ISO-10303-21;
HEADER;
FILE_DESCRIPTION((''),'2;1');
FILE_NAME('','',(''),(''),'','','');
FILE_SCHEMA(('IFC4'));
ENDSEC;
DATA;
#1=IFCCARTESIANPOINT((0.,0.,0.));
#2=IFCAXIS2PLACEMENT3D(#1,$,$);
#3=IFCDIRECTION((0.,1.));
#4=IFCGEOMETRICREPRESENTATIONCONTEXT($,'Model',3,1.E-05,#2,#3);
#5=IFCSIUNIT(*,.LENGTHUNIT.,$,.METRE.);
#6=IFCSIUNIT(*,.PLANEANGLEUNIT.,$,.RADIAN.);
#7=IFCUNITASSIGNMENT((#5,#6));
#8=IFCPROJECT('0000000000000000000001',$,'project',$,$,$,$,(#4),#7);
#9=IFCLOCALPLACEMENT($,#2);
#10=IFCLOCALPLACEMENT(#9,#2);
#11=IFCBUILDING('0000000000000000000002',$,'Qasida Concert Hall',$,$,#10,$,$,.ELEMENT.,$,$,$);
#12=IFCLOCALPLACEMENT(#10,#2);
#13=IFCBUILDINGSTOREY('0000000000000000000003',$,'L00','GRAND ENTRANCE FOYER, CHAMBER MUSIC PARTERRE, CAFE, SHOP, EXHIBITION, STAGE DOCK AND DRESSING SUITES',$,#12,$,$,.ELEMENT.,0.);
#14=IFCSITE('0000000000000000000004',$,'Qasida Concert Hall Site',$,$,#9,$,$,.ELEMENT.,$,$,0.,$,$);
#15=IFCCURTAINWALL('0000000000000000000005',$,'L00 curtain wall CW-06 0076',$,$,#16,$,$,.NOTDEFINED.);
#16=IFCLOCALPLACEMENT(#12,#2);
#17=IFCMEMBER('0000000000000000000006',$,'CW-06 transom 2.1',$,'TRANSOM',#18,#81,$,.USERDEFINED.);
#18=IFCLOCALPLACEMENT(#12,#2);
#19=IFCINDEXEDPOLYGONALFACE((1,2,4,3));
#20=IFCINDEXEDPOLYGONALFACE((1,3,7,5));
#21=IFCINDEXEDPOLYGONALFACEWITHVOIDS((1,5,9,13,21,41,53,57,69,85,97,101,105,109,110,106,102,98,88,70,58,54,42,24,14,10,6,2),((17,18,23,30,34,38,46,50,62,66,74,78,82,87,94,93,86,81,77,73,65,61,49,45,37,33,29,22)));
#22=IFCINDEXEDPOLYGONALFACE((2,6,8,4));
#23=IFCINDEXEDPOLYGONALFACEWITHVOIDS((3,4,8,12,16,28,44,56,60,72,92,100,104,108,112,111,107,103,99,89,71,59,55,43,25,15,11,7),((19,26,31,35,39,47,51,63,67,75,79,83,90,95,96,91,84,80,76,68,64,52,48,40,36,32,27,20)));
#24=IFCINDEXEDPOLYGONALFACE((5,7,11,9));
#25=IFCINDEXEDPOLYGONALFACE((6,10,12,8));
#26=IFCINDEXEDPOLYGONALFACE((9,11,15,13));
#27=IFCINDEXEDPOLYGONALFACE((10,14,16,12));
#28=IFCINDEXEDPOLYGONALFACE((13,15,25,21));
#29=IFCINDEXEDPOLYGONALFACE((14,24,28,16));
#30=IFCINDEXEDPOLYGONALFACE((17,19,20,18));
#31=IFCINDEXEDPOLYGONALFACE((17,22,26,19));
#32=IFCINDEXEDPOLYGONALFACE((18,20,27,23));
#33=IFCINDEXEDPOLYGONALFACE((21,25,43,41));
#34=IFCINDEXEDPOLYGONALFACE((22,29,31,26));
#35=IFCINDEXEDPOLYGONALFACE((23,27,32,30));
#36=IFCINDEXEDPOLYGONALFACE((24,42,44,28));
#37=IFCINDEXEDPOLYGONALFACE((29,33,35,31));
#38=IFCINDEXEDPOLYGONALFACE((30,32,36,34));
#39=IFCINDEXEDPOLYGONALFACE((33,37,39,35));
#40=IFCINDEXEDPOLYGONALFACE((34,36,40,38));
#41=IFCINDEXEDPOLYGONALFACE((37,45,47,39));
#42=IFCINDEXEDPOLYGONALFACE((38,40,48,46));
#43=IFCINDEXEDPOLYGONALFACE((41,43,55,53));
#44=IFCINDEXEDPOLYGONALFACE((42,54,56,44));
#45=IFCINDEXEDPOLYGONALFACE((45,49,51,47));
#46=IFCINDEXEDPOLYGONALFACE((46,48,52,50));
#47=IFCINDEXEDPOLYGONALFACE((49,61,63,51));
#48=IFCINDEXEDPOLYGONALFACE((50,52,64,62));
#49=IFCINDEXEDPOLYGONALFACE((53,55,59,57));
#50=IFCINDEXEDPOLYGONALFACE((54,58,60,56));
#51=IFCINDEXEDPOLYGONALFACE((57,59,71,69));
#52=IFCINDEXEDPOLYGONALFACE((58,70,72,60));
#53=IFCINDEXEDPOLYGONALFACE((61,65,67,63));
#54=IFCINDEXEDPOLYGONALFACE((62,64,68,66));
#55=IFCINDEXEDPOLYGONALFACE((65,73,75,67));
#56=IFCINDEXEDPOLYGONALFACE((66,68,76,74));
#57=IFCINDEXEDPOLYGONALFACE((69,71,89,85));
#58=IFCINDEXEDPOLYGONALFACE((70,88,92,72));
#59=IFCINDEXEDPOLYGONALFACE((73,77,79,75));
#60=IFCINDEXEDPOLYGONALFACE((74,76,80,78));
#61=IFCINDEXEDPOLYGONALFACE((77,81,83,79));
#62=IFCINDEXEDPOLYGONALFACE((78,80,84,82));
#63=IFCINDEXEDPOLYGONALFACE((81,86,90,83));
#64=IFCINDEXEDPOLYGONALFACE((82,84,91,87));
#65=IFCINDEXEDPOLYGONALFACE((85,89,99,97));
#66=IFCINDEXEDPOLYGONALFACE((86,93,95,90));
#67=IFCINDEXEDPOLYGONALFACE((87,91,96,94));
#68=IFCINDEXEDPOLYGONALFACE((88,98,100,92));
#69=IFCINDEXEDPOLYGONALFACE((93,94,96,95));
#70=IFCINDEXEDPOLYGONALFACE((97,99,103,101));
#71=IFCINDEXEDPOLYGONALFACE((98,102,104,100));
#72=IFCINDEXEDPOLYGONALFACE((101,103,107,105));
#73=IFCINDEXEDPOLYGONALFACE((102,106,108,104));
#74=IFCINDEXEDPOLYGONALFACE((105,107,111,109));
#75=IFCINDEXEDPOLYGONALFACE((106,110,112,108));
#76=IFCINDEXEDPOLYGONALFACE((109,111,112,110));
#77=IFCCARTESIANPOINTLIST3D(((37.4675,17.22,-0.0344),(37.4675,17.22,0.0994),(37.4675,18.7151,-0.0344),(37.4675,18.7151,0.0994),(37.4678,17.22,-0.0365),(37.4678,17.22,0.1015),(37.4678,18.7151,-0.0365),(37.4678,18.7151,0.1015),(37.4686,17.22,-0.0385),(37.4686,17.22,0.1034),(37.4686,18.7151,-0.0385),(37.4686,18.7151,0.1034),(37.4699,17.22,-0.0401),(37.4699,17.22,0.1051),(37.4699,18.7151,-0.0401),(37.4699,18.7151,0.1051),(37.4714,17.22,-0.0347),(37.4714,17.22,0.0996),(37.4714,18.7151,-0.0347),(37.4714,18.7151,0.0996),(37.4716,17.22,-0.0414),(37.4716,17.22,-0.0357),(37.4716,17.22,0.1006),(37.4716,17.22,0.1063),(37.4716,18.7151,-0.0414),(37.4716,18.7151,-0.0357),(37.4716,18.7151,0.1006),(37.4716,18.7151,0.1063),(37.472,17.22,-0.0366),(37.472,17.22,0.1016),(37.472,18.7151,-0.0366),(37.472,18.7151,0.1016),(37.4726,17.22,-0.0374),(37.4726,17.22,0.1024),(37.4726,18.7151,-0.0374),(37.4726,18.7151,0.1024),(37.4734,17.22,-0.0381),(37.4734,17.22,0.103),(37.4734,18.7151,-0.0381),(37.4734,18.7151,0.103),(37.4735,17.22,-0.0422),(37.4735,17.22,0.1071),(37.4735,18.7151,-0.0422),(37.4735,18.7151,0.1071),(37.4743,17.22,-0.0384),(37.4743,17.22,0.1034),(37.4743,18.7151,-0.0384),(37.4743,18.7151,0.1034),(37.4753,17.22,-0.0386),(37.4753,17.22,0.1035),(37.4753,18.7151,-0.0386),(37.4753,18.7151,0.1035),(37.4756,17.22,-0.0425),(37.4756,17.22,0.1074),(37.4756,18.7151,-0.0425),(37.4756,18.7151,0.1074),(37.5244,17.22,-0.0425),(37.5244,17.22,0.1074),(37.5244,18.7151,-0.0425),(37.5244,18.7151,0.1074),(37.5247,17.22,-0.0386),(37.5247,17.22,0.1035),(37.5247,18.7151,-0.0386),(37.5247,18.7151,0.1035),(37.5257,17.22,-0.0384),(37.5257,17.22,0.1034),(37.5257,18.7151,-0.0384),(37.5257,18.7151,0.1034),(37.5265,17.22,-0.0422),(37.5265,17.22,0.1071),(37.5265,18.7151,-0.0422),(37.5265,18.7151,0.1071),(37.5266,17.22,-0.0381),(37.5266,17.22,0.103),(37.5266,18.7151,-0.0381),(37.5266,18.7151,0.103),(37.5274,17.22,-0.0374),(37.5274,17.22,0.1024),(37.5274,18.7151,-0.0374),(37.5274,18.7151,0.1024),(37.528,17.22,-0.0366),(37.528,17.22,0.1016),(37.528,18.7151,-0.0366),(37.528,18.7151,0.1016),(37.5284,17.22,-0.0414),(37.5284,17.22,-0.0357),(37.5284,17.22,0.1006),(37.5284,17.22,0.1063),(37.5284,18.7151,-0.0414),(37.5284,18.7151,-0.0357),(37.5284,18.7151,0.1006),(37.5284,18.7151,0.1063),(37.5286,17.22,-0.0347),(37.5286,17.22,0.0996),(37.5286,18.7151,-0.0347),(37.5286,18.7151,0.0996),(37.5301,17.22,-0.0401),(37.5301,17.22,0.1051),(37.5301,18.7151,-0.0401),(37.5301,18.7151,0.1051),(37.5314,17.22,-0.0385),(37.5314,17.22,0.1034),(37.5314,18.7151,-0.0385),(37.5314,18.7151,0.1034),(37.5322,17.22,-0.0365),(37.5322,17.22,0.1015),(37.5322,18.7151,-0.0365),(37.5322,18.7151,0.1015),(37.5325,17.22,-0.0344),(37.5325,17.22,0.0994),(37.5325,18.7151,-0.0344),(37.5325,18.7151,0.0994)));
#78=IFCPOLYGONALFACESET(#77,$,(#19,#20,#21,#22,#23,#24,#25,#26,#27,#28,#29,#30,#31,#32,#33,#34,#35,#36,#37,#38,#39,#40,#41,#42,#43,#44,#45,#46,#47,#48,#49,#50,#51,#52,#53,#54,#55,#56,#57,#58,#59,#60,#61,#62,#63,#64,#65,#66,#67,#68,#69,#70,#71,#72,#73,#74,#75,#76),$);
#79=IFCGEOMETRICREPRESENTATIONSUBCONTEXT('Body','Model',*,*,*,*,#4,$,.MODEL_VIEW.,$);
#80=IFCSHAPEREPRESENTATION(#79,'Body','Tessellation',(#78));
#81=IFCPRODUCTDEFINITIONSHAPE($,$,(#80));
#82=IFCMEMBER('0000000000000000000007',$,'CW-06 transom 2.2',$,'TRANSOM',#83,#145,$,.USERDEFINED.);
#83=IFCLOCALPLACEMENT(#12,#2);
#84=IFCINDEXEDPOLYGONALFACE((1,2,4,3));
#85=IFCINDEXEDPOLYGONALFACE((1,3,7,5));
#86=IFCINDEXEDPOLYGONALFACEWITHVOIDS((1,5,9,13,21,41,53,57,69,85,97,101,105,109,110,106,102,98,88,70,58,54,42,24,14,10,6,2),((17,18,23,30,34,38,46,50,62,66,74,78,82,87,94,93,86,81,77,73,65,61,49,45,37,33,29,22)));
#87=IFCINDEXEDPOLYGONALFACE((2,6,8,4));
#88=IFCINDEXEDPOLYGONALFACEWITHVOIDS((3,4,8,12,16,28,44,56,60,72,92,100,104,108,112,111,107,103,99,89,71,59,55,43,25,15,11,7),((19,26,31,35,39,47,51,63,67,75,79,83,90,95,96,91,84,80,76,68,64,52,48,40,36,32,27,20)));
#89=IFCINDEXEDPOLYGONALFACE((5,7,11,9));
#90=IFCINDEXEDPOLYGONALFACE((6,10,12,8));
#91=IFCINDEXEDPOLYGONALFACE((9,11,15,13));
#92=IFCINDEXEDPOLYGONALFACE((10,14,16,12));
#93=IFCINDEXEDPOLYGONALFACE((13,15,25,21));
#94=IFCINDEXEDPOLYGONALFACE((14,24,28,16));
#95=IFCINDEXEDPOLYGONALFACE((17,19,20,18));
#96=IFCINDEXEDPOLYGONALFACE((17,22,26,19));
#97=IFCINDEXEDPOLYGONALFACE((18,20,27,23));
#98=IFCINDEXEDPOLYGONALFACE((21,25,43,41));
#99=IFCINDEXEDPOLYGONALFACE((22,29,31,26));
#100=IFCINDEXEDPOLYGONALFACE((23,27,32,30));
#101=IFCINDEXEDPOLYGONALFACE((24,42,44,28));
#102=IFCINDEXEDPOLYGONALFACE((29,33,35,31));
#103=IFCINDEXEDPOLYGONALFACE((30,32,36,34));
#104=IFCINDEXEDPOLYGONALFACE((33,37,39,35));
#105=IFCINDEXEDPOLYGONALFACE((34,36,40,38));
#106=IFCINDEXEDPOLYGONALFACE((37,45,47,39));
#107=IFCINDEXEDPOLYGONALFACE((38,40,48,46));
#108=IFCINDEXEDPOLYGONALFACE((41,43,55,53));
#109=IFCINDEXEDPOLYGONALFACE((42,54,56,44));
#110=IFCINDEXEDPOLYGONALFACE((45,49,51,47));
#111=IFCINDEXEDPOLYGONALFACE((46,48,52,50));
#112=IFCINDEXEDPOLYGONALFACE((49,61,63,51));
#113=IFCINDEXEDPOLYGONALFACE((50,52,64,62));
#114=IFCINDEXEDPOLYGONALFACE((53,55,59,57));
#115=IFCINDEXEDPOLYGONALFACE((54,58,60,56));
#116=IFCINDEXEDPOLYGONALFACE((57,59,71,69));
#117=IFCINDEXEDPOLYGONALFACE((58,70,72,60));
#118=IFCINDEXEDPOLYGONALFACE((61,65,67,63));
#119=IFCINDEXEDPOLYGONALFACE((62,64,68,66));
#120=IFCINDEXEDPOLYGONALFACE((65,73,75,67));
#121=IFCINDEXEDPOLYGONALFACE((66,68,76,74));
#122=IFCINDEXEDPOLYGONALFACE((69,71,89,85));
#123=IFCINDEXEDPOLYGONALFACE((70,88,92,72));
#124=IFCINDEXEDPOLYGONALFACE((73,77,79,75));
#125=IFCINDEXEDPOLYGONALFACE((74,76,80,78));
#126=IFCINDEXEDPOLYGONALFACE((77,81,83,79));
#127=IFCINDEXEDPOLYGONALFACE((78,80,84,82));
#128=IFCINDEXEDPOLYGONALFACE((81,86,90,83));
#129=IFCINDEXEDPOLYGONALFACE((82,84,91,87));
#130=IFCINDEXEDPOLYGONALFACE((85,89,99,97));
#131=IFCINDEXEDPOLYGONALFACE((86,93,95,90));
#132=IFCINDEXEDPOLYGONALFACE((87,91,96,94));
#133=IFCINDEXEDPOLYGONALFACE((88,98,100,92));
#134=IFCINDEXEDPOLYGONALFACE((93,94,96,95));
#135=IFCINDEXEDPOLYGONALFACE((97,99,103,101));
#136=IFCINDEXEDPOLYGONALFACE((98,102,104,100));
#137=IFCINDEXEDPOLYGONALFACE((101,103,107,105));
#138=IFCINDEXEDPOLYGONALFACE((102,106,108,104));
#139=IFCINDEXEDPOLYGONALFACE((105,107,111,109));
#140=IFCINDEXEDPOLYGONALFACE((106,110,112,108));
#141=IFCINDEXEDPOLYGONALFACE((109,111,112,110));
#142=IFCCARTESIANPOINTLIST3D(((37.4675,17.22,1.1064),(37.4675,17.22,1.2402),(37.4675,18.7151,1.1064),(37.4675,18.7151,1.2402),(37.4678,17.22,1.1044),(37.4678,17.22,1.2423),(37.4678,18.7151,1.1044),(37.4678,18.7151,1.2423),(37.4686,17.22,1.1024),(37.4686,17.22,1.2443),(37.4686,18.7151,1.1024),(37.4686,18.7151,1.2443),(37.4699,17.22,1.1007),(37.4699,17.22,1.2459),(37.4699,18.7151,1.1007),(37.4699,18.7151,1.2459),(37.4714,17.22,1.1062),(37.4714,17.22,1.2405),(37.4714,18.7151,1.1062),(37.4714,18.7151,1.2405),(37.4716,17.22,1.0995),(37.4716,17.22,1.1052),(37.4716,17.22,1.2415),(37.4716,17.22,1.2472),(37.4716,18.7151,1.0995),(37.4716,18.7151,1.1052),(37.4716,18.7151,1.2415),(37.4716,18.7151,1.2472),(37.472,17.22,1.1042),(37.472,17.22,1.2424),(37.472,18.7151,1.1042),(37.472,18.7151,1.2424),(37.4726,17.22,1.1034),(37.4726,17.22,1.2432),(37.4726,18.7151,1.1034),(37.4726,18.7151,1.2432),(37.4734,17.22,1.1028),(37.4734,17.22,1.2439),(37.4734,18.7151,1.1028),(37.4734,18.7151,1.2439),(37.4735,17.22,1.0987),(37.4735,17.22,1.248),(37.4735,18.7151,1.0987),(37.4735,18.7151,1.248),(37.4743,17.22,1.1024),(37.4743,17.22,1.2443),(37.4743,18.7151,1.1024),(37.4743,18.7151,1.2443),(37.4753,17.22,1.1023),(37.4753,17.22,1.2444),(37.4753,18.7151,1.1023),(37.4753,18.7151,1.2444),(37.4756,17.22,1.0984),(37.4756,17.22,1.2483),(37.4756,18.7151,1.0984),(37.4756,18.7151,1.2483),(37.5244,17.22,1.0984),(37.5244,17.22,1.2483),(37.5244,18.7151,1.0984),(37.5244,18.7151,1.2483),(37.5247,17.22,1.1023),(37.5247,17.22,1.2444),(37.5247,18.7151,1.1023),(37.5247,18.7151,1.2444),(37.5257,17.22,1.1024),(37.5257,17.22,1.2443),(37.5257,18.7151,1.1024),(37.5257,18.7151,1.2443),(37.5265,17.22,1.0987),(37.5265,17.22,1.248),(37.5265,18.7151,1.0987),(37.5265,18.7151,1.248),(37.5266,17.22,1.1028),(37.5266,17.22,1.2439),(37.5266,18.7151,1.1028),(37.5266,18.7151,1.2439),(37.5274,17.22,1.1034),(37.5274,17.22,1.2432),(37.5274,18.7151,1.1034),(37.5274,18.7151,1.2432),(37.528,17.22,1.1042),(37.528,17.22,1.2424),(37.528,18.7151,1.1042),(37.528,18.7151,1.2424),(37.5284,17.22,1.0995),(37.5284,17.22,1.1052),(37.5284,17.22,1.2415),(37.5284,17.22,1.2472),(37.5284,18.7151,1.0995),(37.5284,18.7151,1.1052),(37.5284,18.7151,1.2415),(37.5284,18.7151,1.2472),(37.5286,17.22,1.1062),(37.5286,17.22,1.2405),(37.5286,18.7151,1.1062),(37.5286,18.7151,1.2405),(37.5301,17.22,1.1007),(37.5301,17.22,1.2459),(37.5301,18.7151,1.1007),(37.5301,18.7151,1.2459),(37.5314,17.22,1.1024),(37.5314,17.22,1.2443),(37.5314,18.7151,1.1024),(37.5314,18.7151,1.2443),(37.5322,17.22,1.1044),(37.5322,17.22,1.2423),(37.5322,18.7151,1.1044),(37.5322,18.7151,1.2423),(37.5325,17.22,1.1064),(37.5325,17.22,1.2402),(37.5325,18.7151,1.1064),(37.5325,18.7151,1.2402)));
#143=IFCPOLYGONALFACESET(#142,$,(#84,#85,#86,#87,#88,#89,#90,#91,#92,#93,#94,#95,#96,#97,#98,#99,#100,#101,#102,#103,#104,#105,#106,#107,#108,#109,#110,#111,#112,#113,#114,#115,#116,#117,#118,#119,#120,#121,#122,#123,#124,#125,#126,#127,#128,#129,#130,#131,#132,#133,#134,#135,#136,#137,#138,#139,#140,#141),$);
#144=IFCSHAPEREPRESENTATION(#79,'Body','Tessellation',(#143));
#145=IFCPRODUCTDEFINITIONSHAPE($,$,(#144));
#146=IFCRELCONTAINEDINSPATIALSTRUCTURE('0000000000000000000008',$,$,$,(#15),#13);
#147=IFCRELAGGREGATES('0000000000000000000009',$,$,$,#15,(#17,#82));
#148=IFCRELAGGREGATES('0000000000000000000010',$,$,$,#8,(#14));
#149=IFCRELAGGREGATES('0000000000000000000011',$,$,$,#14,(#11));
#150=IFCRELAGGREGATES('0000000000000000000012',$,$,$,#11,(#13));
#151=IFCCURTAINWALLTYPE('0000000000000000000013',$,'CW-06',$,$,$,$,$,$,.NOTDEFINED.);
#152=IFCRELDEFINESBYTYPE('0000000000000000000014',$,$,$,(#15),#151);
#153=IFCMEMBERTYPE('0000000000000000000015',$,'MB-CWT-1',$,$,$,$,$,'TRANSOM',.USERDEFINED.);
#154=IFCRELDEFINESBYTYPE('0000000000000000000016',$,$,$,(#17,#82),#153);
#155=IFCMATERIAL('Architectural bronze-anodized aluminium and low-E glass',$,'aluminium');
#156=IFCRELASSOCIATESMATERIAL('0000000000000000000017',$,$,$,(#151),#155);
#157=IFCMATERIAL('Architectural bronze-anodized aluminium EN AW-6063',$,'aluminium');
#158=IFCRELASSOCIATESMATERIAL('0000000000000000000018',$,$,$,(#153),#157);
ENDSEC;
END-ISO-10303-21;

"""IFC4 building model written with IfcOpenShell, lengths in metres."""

from ifc_helpers import new_model, si_unit, direction, frame, origin, origin_2d, place, context, subcontext, project, spatial, hollow_rectangle, extrude, material, material_profile, profile_set, type_object, element, aggregate, save


model = new_model("IFC4")

# Units and contexts
model_context = context("Model", 3, precision=1e-05, world=origin(), true_north=direction((0.0, 1.0)))
body_context = subcontext(model_context, "Body", "Model", "MODEL_VIEW")
ifc_project = project(units=[si_unit("LENGTHUNIT", "METRE"), si_unit("PLANEANGLEUNIT", "RADIAN")], contexts=[model_context])

# Site, building, storey
site_placement = place(None, origin())
site = spatial("IfcSite", under=ifc_project, at=site_placement, Name="Qasida Concert Hall Site", CompositionType="ELEMENT", RefElevation=0.0)
building_placement = place(site_placement, origin())
building = spatial("IfcBuilding", under=site, at=building_placement, Name="Qasida Concert Hall", CompositionType="ELEMENT")
storey_placement = place(building_placement, origin())
storey = spatial("IfcBuildingStorey", under=building, at=storey_placement, Name="L00", Description="GRAND ENTRANCE FOYER, CHAMBER MUSIC PARTERRE, CAFE, SHOP, EXHIBITION, STAGE DOCK AND DRESSING SUITES", CompositionType="ELEMENT", Elevation=0.0)

# Shared definitions
ifc_material_1 = material(Name="Architectural bronze-anodized aluminium and low-E glass", Category="aluminium")
curtain_wall_type = type_object("IfcCurtainWallType", Name="CW-06", PredefinedType="NOTDEFINED", material=ifc_material_1)
ifc_material_2 = material(Name="Architectural bronze-anodized aluminium EN AW-6063", Category="aluminium")

# Curtain wall
curtain_wall_1_placement = place(storey_placement, origin())
curtain_wall_1 = element("IfcCurtainWall", 1, at=curtain_wall_1_placement, inside=storey, type_object=curtain_wall_type, Name="L00 curtain wall CW-06 0076", PredefinedType="NOTDEFINED")

# Members
ifc_material_profile_1 = material_profile(ifc_material_2, hollow_rectangle(XDim=0.0649, YDim=0.1499, WallThickness=0.0039, InnerFilletRadius=0.0039, OuterFilletRadius=0.0081, at=origin_2d()), Name="CWT 150x65x4")
ifc_profile_set_1 = profile_set([ifc_material_profile_1], Name="Architectural bronze-anodized aluminium EN AW-6063")
member_type_1 = type_object("IfcMemberType", Name="MB-CWT-1", ElementType="TRANSOM", PredefinedType="USERDEFINED", material=ifc_profile_set_1)
member_1_placement = place(storey_placement, frame((37.5, 17.22, 0.0325), z_axis=(0.0, 1.0, 0.0), x_axis=(-1.0, 0.0, 0.0)))
member_1 = element("IfcMember", 2, at=member_1_placement, type_object=member_type_1, Name="CW-06 transom 2.1", ObjectType="TRANSOM", PredefinedType="USERDEFINED", context=body_context, shape_type="SweptSolid", body=[
    extrude(hollow_rectangle(XDim=0.0649, YDim=0.1499, WallThickness=0.0039, InnerFilletRadius=0.0039, OuterFilletRadius=0.0081, at=origin_2d()), origin(), (0.0, 0.0, 1.0), 1.4951),
])
member_2_placement = place(storey_placement, frame((37.5, 17.22, 1.1733), z_axis=(0.0, 1.0, 0.0), x_axis=(-1.0, 0.0, 0.0)))
member_2 = element("IfcMember", 3, at=member_2_placement, type_object=member_type_1, Name="CW-06 transom 2.2", ObjectType="TRANSOM", PredefinedType="USERDEFINED", context=body_context, shape_type="SweptSolid", body=[
    extrude(hollow_rectangle(XDim=0.0649, YDim=0.1499, WallThickness=0.0039, InnerFilletRadius=0.0039, OuterFilletRadius=0.0081, at=origin_2d()), origin(), (0.0, 0.0, 1.0), 1.4951),
])

aggregate(curtain_wall_1, [member_1, member_2])

save(model, "model.ifc")
